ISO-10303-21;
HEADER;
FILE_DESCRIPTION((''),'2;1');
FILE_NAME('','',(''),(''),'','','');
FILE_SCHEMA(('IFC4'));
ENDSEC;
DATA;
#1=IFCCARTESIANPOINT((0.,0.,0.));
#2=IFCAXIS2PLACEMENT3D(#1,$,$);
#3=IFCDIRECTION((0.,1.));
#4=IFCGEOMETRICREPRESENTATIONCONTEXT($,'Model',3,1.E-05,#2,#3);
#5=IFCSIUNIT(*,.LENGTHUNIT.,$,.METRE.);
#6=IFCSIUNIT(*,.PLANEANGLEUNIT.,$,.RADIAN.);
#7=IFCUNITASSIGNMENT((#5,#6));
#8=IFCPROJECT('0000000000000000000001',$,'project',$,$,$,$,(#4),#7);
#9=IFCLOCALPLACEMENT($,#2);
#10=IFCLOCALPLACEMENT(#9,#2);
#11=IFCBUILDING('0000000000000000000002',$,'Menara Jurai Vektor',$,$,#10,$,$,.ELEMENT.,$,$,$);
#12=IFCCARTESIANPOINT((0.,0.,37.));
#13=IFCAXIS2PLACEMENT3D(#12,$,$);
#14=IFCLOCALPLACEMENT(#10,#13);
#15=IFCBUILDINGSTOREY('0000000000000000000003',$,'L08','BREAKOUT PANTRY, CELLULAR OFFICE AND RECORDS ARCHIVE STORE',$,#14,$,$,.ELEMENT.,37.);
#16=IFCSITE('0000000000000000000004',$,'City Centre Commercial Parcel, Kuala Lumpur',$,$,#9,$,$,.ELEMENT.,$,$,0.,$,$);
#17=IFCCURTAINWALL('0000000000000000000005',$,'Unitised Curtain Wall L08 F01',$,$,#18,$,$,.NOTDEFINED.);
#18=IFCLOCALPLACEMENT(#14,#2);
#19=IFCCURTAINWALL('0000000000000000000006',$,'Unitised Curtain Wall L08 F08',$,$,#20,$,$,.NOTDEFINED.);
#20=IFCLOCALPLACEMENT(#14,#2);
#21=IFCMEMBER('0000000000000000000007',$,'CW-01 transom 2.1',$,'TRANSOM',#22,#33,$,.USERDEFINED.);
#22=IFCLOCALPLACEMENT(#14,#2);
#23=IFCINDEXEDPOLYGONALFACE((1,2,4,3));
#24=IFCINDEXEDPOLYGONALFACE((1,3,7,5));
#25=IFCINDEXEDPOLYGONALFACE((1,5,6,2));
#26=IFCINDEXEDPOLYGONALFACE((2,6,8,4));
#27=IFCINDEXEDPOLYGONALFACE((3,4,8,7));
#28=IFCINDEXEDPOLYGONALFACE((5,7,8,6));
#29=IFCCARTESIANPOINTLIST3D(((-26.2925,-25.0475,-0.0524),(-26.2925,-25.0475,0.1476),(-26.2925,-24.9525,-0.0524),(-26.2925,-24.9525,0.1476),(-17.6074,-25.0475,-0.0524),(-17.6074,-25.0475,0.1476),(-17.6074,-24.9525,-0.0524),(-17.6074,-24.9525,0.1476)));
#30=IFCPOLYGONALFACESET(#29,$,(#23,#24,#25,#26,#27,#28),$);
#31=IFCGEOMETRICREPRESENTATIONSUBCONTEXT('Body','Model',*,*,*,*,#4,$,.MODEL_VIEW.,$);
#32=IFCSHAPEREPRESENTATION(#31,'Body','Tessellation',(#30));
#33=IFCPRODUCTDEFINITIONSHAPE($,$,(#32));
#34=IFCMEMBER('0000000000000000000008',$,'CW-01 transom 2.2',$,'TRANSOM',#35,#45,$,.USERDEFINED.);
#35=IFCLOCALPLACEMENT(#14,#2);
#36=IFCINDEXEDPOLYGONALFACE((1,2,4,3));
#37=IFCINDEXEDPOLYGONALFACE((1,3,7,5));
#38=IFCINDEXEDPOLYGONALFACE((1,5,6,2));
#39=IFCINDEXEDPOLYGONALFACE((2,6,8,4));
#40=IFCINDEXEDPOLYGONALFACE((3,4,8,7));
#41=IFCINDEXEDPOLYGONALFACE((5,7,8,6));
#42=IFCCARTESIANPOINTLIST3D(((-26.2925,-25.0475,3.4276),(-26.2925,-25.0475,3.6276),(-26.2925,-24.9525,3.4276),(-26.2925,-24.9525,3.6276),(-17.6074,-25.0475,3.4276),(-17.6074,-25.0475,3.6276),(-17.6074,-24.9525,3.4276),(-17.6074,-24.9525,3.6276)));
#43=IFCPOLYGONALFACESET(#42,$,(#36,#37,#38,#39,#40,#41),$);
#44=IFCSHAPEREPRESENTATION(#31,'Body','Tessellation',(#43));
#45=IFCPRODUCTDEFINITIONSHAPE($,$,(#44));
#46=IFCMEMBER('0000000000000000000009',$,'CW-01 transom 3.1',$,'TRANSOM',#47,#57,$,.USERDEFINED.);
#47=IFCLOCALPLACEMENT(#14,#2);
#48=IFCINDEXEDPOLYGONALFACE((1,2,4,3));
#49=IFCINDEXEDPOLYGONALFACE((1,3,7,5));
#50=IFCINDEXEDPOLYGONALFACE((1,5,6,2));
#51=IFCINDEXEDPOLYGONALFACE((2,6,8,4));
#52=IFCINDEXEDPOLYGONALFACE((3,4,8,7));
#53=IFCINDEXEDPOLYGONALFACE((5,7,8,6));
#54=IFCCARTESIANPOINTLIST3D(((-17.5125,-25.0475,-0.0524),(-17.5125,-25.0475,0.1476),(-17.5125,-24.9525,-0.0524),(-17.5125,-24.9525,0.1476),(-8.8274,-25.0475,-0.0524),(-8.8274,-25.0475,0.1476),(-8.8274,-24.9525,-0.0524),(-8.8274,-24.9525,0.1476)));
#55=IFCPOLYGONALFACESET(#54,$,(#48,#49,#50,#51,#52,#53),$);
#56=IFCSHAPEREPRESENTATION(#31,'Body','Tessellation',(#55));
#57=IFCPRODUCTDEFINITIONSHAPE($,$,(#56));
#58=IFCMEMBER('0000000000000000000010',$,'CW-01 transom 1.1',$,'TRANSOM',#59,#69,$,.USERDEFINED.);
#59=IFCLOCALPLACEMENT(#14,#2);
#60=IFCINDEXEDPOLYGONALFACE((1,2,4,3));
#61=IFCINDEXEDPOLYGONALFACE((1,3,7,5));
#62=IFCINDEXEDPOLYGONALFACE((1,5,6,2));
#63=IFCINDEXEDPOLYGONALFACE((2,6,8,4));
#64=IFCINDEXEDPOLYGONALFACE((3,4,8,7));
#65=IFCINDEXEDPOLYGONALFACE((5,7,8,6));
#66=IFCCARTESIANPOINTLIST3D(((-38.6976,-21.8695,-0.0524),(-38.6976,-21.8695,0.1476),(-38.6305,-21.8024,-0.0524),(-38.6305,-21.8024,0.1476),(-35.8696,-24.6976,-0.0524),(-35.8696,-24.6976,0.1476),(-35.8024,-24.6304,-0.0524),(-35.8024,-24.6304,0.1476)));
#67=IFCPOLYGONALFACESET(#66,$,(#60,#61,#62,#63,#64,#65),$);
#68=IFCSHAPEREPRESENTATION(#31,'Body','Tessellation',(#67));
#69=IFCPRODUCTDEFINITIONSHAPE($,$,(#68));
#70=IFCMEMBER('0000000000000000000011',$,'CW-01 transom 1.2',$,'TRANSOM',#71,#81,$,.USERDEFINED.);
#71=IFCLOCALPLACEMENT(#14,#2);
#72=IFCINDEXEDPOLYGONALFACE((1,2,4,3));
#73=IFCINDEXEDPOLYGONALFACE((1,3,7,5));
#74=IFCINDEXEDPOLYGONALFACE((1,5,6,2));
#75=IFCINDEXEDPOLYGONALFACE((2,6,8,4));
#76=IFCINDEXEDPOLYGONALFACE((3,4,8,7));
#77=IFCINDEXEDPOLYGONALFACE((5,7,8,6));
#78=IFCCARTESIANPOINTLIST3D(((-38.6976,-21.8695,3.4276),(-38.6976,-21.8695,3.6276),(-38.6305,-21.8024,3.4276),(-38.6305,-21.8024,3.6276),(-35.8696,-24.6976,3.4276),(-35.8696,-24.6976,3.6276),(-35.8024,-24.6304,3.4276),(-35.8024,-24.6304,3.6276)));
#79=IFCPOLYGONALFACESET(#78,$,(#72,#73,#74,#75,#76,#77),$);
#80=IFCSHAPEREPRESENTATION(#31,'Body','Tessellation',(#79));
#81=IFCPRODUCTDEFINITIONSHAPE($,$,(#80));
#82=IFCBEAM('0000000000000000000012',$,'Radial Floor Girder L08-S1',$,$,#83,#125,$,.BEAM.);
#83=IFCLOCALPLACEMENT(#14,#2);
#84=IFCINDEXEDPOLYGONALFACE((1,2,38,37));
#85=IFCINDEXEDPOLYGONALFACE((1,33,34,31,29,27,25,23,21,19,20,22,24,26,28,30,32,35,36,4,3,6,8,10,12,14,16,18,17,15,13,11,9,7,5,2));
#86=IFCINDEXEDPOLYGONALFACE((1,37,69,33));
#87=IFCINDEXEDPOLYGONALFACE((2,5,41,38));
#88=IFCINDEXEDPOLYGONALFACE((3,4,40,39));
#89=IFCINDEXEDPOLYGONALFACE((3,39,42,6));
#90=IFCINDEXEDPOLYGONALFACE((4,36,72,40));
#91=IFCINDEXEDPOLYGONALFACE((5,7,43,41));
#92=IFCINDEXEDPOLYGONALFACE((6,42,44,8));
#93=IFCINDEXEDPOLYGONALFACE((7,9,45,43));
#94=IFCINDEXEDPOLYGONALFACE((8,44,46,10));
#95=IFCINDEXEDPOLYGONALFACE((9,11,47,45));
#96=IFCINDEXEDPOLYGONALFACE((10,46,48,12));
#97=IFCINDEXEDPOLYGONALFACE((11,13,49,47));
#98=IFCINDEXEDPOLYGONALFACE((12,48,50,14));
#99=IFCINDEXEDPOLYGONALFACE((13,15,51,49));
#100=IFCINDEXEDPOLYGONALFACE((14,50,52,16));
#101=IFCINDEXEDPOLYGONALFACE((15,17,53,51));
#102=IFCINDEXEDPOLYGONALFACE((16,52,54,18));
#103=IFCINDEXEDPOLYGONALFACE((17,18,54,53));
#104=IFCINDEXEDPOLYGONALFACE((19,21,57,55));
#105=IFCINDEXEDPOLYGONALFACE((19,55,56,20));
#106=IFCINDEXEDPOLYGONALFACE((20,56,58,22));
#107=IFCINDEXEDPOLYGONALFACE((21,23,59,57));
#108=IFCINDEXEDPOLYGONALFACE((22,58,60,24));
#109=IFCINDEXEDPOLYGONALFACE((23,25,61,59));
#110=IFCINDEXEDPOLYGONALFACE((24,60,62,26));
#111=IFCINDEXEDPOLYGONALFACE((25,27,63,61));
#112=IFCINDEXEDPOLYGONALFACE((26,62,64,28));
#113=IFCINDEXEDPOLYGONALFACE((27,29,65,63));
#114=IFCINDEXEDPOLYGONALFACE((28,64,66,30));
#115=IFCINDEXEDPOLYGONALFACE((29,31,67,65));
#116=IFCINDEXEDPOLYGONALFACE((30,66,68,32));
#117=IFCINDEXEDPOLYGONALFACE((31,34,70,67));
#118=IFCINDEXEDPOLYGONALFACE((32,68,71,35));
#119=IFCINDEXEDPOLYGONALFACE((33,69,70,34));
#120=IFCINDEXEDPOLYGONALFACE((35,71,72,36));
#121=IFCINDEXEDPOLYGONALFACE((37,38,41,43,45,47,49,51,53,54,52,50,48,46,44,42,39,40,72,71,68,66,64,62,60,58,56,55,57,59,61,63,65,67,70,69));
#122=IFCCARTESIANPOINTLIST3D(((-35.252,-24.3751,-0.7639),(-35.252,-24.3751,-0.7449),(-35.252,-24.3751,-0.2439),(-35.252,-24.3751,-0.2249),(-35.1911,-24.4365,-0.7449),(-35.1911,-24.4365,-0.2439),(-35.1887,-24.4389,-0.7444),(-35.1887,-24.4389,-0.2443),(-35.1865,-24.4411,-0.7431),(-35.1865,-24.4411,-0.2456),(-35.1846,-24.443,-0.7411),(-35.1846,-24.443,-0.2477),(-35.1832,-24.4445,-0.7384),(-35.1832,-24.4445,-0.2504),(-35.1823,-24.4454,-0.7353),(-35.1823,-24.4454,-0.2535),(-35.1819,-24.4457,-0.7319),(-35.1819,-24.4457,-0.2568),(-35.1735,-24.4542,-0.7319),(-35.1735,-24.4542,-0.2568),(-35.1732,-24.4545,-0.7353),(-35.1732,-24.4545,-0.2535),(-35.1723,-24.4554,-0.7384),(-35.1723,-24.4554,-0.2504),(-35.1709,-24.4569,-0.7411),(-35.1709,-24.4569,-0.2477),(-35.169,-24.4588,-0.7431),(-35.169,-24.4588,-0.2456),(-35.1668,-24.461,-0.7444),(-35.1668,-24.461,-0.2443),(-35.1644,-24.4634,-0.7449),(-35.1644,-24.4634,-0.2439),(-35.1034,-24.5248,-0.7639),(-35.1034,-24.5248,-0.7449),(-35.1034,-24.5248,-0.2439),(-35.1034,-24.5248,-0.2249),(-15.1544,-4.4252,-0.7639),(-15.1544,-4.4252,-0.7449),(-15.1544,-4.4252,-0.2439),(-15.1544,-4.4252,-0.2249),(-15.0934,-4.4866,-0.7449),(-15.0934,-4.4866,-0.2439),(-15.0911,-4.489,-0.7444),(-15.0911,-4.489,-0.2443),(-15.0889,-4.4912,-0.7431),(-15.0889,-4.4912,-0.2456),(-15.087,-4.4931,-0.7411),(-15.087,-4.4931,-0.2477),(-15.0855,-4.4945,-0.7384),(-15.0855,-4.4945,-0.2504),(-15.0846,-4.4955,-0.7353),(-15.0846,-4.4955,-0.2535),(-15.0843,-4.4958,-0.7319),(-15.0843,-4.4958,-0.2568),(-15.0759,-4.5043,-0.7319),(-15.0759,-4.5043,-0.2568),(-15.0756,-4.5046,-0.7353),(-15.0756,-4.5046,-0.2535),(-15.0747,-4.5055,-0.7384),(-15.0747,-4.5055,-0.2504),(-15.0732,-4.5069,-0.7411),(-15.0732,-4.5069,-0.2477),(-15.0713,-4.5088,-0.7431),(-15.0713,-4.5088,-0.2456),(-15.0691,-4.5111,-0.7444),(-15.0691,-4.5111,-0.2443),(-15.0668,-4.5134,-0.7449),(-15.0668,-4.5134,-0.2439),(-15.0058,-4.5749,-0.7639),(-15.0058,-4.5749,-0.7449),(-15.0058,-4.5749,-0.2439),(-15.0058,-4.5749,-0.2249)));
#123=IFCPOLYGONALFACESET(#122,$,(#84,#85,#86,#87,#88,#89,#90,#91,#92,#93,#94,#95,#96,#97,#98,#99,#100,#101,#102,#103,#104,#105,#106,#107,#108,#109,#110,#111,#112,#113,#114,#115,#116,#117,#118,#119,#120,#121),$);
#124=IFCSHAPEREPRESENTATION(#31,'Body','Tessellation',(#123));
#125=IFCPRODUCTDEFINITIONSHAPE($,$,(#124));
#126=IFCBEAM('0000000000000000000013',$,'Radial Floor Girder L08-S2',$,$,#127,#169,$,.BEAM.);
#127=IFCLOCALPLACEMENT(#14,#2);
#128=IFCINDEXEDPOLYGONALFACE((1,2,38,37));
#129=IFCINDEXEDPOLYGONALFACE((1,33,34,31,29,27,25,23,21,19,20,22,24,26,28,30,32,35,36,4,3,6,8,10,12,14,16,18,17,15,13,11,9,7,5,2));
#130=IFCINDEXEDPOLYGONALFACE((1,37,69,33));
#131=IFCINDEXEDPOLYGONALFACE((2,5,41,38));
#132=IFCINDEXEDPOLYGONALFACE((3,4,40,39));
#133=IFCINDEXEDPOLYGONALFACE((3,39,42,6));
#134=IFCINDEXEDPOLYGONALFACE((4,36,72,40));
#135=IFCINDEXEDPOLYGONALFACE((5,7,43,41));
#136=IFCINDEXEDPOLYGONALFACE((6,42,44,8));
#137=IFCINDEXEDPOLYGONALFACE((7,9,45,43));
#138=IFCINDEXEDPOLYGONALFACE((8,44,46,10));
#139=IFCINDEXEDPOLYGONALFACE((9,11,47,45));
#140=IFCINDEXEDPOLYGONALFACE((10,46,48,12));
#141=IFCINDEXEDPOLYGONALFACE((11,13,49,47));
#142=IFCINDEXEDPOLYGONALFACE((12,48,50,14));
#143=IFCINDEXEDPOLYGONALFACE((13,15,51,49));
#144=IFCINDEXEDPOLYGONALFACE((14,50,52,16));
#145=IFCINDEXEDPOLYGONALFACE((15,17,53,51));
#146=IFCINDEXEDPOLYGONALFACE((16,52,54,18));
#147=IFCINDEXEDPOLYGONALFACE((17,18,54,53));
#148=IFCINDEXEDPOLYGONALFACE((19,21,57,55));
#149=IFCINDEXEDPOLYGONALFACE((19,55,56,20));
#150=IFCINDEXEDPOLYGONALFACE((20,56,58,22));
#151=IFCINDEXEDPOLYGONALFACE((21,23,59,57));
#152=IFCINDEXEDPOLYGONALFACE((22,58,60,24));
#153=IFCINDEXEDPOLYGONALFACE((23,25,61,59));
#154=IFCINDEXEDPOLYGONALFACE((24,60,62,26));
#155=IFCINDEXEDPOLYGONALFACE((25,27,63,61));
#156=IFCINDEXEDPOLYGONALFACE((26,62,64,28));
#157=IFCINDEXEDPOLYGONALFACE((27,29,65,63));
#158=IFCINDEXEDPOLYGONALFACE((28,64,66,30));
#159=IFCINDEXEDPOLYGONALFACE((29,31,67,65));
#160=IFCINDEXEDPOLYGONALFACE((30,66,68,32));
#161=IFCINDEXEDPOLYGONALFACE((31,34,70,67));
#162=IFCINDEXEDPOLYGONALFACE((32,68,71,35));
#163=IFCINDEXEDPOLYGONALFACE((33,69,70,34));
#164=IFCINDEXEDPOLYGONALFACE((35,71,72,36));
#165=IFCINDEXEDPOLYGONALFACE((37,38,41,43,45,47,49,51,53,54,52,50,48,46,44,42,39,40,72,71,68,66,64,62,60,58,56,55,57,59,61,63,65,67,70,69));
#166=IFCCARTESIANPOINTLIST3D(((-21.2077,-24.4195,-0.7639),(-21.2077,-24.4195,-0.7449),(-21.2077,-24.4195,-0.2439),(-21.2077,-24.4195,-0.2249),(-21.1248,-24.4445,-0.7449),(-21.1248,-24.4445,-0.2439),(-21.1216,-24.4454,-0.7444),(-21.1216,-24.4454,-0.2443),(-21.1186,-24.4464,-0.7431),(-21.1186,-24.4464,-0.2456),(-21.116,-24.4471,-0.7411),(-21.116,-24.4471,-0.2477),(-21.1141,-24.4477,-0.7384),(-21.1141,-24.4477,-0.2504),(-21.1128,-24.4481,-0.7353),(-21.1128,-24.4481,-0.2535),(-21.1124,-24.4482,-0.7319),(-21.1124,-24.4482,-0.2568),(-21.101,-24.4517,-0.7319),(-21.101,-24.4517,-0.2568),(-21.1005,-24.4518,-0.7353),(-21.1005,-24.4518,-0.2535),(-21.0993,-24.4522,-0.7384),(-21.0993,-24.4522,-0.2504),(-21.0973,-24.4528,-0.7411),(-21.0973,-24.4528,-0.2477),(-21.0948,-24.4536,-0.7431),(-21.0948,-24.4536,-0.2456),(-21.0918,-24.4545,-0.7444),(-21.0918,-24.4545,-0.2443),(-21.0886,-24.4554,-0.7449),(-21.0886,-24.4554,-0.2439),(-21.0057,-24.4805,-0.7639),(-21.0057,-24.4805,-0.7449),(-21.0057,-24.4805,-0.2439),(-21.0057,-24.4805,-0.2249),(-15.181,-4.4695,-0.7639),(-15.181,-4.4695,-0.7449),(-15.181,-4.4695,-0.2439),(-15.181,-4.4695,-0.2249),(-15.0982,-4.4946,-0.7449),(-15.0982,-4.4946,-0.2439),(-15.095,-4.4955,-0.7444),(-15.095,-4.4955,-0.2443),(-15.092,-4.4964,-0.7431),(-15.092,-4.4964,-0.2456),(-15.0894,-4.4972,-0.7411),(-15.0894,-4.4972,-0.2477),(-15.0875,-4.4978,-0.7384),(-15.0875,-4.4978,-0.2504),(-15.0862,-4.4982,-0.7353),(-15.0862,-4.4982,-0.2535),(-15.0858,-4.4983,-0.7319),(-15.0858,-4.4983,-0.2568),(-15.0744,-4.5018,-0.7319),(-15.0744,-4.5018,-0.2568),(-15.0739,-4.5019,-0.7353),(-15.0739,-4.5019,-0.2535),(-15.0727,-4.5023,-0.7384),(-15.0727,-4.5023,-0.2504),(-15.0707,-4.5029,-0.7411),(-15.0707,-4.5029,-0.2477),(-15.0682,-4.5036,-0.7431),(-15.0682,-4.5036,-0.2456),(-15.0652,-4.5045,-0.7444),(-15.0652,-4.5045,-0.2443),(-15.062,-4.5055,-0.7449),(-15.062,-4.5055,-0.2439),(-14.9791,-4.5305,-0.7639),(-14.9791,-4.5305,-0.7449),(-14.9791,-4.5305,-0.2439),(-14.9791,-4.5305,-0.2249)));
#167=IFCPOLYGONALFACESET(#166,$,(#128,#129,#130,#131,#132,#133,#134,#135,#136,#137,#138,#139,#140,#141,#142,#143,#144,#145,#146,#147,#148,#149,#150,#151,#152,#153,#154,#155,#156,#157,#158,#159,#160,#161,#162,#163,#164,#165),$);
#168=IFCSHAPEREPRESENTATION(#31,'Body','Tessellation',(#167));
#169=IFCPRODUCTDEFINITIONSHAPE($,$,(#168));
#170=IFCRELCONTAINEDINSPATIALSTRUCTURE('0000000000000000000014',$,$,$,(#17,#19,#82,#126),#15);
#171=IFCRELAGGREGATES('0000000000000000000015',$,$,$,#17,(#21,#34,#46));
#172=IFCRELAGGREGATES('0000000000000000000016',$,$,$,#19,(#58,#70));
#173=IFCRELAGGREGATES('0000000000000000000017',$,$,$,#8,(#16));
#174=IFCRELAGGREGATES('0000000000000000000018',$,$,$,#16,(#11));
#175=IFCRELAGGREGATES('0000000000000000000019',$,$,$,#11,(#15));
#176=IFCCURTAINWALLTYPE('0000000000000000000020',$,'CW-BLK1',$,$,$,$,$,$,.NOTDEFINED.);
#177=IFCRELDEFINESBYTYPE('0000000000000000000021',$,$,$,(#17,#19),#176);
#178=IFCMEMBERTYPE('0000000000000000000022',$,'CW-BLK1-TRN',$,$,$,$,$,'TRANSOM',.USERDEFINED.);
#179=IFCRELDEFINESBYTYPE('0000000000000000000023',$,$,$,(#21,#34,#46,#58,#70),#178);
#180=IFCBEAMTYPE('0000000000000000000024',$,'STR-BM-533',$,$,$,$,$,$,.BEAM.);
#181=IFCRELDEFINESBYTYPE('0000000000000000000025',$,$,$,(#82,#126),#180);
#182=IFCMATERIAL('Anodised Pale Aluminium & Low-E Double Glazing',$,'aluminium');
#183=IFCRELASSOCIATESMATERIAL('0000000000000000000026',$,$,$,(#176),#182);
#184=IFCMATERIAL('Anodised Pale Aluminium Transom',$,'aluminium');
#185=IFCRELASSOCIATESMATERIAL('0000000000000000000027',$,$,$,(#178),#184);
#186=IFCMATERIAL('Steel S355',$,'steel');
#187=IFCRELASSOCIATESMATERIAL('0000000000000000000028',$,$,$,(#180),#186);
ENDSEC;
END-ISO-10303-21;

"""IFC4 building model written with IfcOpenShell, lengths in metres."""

from ifc_helpers import new_model, si_unit, direction, frame, origin, origin_2d, place, context, subcontext, project, spatial, rectangle, i_section, extrude, material, material_profile, profile_set, type_object, element, aggregate, save


model = new_model("IFC4")

# Units and contexts
model_context = context("Model", 3, precision=1e-05, world=origin(), true_north=direction((0.0, 1.0)))
body_context = subcontext(model_context, "Body", "Model", "MODEL_VIEW")
ifc_project = project(units=[si_unit("LENGTHUNIT", "METRE"), si_unit("PLANEANGLEUNIT", "RADIAN")], contexts=[model_context])

# Site, building, storey
site_placement = place(None, origin())
site = spatial("IfcSite", under=ifc_project, at=site_placement, Name="City Centre Commercial Parcel, Kuala Lumpur", CompositionType="ELEMENT", RefElevation=0.0)
building_placement = place(site_placement, origin())
building = spatial("IfcBuilding", under=site, at=building_placement, Name="Menara Jurai Vektor", CompositionType="ELEMENT")
storey_placement = place(building_placement, frame((0.0, 0.0, 37.0)))
storey = spatial("IfcBuildingStorey", under=building, at=storey_placement, Name="L08", Description="BREAKOUT PANTRY, CELLULAR OFFICE AND RECORDS ARCHIVE STORE", CompositionType="ELEMENT", Elevation=37.0)

# Curtain walls
ifc_material_1 = material(Name="Anodised Pale Aluminium & Low-E Double Glazing", Category="aluminium")
curtain_wall_type = type_object("IfcCurtainWallType", Name="CW-BLK1", PredefinedType="NOTDEFINED", material=ifc_material_1)
curtain_wall_1_placement = place(storey_placement, origin())
curtain_wall_1 = element("IfcCurtainWall", 1, at=curtain_wall_1_placement, inside=storey, type_object=curtain_wall_type, Name="Unitised Curtain Wall L08 F01", PredefinedType="NOTDEFINED")
curtain_wall_2_placement = place(storey_placement, origin())
curtain_wall_2 = element("IfcCurtainWall", 2, at=curtain_wall_2_placement, inside=storey, type_object=curtain_wall_type, Name="Unitised Curtain Wall L08 F08", PredefinedType="NOTDEFINED")

# Members
ifc_material_2 = material(Name="Anodised Pale Aluminium Transom", Category="aluminium")
ifc_material_profile_1 = material_profile(ifc_material_2, rectangle(XDim=0.095, YDim=0.2, at=origin_2d()), Name="ALU TRN 95x200")
ifc_profile_set_1 = profile_set([ifc_material_profile_1], Name="Anodised Pale Aluminium Transom")
member_type_1 = type_object("IfcMemberType", Name="CW-BLK1-TRN", ElementType="TRANSOM", PredefinedType="USERDEFINED", material=ifc_profile_set_1)
member_1_placement = place(storey_placement, frame((-26.2925, -25.0, 0.0476), z_axis=(1.0, 0.0, 0.0), x_axis=(0.0, 1.0, 0.0)))
member_1 = element("IfcMember", 3, at=member_1_placement, type_object=member_type_1, Name="CW-01 transom 2.1", ObjectType="TRANSOM", PredefinedType="USERDEFINED", context=body_context, shape_type="SweptSolid", body=[
    extrude(rectangle(XDim=0.095, YDim=0.2, at=origin_2d()), origin(), (0.0, 0.0, 1.0), 8.6851),
])
member_2_placement = place(storey_placement, frame((-26.2925, -25.0, 3.5276), z_axis=(1.0, 0.0, 0.0), x_axis=(0.0, 1.0, 0.0)))
member_2 = element("IfcMember", 4, at=member_2_placement, type_object=member_type_1, Name="CW-01 transom 2.2", ObjectType="TRANSOM", PredefinedType="USERDEFINED", context=body_context, shape_type="SweptSolid", body=[
    extrude(rectangle(XDim=0.095, YDim=0.2, at=origin_2d()), origin(), (0.0, 0.0, 1.0), 8.6851),
])
member_3_placement = place(storey_placement, frame((-17.5125, -25.0, 0.0476), z_axis=(1.0, 0.0, 0.0), x_axis=(0.0, 1.0, 0.0)))
member_3 = element("IfcMember", 5, at=member_3_placement, type_object=member_type_1, Name="CW-01 transom 3.1", ObjectType="TRANSOM", PredefinedType="USERDEFINED", context=body_context, shape_type="SweptSolid", body=[
    extrude(rectangle(XDim=0.095, YDim=0.2, at=origin_2d()), origin(), (0.0, 0.0, 1.0), 8.6851),
])
member_4_placement = place(storey_placement, frame((-38.6641, -21.8359, 0.0476), z_axis=(0.707107, -0.707107, 0.0), x_axis=(0.707107, 0.707107, 0.0)))
member_4 = element("IfcMember", 6, at=member_4_placement, type_object=member_type_1, Name="CW-01 transom 1.1", ObjectType="TRANSOM", PredefinedType="USERDEFINED", context=body_context, shape_type="SweptSolid", body=[
    extrude(rectangle(XDim=0.095, YDim=0.2, at=origin_2d()), origin(), (0.0, 0.0, 1.0), 3.9995),
])
member_5_placement = place(storey_placement, frame((-38.6641, -21.8359, 3.5276), z_axis=(0.707107, -0.707107, 0.0), x_axis=(0.707107, 0.707107, 0.0)))
member_5 = element("IfcMember", 7, at=member_5_placement, type_object=member_type_1, Name="CW-01 transom 1.2", ObjectType="TRANSOM", PredefinedType="USERDEFINED", context=body_context, shape_type="SweptSolid", body=[
    extrude(rectangle(XDim=0.095, YDim=0.2, at=origin_2d()), origin(), (0.0, 0.0, 1.0), 3.9995),
])

# Beams
ifc_material_3 = material(Name="Steel S355", Category="steel")
ifc_material_profile_2 = material_profile(ifc_material_3, i_section(OverallWidth=0.2109, OverallDepth=0.5391, WebThickness=0.012, FlangeThickness=0.019, FilletRadius=0.0129, at=origin_2d()), Name="UKB 533x210x109")
ifc_profile_set_2 = profile_set([ifc_material_profile_2], Name="Steel S355")
beam_type_1 = type_object("IfcBeamType", Name="STR-BM-533", PredefinedType="BEAM", material=ifc_profile_set_2)
beam_1_placement = place(storey_placement, frame((-35.1777, -24.45, -0.4944), z_axis=(0.70971, 0.704494, 0.0), x_axis=(-0.704494, 0.70971, 0.0)))
element("IfcBeam", 8, at=beam_1_placement, inside=storey, type_object=beam_type_1, Name="Radial Floor Girder L08-S1", PredefinedType="BEAM", context=body_context, shape_type="SweptSolid", body=[
    extrude(i_section(OverallWidth=0.2109, OverallDepth=0.5391, WebThickness=0.012, FlangeThickness=0.019, FilletRadius=0.0129, at=origin_2d()), origin(), (0.0, 0.0, 1.0), 28.3181),
])
beam_2_placement = place(storey_placement, frame((-21.1067, -24.45, -0.4944), z_axis=(0.28918, 0.957275, 0.0), x_axis=(-0.957275, 0.28918, 0.0)))
element("IfcBeam", 9, at=beam_2_placement, inside=storey, type_object=beam_type_1, Name="Radial Floor Girder L08-S2", PredefinedType="BEAM", context=body_context, shape_type="SweptSolid", body=[
    extrude(i_section(OverallWidth=0.2109, OverallDepth=0.5391, WebThickness=0.012, FlangeThickness=0.019, FilletRadius=0.0129, at=origin_2d()), origin(), (0.0, 0.0, 1.0), 20.8403),
])

aggregate(curtain_wall_1, [member_1, member_2, member_3])
aggregate(curtain_wall_2, [member_4, member_5])

save(model, "model.ifc")
